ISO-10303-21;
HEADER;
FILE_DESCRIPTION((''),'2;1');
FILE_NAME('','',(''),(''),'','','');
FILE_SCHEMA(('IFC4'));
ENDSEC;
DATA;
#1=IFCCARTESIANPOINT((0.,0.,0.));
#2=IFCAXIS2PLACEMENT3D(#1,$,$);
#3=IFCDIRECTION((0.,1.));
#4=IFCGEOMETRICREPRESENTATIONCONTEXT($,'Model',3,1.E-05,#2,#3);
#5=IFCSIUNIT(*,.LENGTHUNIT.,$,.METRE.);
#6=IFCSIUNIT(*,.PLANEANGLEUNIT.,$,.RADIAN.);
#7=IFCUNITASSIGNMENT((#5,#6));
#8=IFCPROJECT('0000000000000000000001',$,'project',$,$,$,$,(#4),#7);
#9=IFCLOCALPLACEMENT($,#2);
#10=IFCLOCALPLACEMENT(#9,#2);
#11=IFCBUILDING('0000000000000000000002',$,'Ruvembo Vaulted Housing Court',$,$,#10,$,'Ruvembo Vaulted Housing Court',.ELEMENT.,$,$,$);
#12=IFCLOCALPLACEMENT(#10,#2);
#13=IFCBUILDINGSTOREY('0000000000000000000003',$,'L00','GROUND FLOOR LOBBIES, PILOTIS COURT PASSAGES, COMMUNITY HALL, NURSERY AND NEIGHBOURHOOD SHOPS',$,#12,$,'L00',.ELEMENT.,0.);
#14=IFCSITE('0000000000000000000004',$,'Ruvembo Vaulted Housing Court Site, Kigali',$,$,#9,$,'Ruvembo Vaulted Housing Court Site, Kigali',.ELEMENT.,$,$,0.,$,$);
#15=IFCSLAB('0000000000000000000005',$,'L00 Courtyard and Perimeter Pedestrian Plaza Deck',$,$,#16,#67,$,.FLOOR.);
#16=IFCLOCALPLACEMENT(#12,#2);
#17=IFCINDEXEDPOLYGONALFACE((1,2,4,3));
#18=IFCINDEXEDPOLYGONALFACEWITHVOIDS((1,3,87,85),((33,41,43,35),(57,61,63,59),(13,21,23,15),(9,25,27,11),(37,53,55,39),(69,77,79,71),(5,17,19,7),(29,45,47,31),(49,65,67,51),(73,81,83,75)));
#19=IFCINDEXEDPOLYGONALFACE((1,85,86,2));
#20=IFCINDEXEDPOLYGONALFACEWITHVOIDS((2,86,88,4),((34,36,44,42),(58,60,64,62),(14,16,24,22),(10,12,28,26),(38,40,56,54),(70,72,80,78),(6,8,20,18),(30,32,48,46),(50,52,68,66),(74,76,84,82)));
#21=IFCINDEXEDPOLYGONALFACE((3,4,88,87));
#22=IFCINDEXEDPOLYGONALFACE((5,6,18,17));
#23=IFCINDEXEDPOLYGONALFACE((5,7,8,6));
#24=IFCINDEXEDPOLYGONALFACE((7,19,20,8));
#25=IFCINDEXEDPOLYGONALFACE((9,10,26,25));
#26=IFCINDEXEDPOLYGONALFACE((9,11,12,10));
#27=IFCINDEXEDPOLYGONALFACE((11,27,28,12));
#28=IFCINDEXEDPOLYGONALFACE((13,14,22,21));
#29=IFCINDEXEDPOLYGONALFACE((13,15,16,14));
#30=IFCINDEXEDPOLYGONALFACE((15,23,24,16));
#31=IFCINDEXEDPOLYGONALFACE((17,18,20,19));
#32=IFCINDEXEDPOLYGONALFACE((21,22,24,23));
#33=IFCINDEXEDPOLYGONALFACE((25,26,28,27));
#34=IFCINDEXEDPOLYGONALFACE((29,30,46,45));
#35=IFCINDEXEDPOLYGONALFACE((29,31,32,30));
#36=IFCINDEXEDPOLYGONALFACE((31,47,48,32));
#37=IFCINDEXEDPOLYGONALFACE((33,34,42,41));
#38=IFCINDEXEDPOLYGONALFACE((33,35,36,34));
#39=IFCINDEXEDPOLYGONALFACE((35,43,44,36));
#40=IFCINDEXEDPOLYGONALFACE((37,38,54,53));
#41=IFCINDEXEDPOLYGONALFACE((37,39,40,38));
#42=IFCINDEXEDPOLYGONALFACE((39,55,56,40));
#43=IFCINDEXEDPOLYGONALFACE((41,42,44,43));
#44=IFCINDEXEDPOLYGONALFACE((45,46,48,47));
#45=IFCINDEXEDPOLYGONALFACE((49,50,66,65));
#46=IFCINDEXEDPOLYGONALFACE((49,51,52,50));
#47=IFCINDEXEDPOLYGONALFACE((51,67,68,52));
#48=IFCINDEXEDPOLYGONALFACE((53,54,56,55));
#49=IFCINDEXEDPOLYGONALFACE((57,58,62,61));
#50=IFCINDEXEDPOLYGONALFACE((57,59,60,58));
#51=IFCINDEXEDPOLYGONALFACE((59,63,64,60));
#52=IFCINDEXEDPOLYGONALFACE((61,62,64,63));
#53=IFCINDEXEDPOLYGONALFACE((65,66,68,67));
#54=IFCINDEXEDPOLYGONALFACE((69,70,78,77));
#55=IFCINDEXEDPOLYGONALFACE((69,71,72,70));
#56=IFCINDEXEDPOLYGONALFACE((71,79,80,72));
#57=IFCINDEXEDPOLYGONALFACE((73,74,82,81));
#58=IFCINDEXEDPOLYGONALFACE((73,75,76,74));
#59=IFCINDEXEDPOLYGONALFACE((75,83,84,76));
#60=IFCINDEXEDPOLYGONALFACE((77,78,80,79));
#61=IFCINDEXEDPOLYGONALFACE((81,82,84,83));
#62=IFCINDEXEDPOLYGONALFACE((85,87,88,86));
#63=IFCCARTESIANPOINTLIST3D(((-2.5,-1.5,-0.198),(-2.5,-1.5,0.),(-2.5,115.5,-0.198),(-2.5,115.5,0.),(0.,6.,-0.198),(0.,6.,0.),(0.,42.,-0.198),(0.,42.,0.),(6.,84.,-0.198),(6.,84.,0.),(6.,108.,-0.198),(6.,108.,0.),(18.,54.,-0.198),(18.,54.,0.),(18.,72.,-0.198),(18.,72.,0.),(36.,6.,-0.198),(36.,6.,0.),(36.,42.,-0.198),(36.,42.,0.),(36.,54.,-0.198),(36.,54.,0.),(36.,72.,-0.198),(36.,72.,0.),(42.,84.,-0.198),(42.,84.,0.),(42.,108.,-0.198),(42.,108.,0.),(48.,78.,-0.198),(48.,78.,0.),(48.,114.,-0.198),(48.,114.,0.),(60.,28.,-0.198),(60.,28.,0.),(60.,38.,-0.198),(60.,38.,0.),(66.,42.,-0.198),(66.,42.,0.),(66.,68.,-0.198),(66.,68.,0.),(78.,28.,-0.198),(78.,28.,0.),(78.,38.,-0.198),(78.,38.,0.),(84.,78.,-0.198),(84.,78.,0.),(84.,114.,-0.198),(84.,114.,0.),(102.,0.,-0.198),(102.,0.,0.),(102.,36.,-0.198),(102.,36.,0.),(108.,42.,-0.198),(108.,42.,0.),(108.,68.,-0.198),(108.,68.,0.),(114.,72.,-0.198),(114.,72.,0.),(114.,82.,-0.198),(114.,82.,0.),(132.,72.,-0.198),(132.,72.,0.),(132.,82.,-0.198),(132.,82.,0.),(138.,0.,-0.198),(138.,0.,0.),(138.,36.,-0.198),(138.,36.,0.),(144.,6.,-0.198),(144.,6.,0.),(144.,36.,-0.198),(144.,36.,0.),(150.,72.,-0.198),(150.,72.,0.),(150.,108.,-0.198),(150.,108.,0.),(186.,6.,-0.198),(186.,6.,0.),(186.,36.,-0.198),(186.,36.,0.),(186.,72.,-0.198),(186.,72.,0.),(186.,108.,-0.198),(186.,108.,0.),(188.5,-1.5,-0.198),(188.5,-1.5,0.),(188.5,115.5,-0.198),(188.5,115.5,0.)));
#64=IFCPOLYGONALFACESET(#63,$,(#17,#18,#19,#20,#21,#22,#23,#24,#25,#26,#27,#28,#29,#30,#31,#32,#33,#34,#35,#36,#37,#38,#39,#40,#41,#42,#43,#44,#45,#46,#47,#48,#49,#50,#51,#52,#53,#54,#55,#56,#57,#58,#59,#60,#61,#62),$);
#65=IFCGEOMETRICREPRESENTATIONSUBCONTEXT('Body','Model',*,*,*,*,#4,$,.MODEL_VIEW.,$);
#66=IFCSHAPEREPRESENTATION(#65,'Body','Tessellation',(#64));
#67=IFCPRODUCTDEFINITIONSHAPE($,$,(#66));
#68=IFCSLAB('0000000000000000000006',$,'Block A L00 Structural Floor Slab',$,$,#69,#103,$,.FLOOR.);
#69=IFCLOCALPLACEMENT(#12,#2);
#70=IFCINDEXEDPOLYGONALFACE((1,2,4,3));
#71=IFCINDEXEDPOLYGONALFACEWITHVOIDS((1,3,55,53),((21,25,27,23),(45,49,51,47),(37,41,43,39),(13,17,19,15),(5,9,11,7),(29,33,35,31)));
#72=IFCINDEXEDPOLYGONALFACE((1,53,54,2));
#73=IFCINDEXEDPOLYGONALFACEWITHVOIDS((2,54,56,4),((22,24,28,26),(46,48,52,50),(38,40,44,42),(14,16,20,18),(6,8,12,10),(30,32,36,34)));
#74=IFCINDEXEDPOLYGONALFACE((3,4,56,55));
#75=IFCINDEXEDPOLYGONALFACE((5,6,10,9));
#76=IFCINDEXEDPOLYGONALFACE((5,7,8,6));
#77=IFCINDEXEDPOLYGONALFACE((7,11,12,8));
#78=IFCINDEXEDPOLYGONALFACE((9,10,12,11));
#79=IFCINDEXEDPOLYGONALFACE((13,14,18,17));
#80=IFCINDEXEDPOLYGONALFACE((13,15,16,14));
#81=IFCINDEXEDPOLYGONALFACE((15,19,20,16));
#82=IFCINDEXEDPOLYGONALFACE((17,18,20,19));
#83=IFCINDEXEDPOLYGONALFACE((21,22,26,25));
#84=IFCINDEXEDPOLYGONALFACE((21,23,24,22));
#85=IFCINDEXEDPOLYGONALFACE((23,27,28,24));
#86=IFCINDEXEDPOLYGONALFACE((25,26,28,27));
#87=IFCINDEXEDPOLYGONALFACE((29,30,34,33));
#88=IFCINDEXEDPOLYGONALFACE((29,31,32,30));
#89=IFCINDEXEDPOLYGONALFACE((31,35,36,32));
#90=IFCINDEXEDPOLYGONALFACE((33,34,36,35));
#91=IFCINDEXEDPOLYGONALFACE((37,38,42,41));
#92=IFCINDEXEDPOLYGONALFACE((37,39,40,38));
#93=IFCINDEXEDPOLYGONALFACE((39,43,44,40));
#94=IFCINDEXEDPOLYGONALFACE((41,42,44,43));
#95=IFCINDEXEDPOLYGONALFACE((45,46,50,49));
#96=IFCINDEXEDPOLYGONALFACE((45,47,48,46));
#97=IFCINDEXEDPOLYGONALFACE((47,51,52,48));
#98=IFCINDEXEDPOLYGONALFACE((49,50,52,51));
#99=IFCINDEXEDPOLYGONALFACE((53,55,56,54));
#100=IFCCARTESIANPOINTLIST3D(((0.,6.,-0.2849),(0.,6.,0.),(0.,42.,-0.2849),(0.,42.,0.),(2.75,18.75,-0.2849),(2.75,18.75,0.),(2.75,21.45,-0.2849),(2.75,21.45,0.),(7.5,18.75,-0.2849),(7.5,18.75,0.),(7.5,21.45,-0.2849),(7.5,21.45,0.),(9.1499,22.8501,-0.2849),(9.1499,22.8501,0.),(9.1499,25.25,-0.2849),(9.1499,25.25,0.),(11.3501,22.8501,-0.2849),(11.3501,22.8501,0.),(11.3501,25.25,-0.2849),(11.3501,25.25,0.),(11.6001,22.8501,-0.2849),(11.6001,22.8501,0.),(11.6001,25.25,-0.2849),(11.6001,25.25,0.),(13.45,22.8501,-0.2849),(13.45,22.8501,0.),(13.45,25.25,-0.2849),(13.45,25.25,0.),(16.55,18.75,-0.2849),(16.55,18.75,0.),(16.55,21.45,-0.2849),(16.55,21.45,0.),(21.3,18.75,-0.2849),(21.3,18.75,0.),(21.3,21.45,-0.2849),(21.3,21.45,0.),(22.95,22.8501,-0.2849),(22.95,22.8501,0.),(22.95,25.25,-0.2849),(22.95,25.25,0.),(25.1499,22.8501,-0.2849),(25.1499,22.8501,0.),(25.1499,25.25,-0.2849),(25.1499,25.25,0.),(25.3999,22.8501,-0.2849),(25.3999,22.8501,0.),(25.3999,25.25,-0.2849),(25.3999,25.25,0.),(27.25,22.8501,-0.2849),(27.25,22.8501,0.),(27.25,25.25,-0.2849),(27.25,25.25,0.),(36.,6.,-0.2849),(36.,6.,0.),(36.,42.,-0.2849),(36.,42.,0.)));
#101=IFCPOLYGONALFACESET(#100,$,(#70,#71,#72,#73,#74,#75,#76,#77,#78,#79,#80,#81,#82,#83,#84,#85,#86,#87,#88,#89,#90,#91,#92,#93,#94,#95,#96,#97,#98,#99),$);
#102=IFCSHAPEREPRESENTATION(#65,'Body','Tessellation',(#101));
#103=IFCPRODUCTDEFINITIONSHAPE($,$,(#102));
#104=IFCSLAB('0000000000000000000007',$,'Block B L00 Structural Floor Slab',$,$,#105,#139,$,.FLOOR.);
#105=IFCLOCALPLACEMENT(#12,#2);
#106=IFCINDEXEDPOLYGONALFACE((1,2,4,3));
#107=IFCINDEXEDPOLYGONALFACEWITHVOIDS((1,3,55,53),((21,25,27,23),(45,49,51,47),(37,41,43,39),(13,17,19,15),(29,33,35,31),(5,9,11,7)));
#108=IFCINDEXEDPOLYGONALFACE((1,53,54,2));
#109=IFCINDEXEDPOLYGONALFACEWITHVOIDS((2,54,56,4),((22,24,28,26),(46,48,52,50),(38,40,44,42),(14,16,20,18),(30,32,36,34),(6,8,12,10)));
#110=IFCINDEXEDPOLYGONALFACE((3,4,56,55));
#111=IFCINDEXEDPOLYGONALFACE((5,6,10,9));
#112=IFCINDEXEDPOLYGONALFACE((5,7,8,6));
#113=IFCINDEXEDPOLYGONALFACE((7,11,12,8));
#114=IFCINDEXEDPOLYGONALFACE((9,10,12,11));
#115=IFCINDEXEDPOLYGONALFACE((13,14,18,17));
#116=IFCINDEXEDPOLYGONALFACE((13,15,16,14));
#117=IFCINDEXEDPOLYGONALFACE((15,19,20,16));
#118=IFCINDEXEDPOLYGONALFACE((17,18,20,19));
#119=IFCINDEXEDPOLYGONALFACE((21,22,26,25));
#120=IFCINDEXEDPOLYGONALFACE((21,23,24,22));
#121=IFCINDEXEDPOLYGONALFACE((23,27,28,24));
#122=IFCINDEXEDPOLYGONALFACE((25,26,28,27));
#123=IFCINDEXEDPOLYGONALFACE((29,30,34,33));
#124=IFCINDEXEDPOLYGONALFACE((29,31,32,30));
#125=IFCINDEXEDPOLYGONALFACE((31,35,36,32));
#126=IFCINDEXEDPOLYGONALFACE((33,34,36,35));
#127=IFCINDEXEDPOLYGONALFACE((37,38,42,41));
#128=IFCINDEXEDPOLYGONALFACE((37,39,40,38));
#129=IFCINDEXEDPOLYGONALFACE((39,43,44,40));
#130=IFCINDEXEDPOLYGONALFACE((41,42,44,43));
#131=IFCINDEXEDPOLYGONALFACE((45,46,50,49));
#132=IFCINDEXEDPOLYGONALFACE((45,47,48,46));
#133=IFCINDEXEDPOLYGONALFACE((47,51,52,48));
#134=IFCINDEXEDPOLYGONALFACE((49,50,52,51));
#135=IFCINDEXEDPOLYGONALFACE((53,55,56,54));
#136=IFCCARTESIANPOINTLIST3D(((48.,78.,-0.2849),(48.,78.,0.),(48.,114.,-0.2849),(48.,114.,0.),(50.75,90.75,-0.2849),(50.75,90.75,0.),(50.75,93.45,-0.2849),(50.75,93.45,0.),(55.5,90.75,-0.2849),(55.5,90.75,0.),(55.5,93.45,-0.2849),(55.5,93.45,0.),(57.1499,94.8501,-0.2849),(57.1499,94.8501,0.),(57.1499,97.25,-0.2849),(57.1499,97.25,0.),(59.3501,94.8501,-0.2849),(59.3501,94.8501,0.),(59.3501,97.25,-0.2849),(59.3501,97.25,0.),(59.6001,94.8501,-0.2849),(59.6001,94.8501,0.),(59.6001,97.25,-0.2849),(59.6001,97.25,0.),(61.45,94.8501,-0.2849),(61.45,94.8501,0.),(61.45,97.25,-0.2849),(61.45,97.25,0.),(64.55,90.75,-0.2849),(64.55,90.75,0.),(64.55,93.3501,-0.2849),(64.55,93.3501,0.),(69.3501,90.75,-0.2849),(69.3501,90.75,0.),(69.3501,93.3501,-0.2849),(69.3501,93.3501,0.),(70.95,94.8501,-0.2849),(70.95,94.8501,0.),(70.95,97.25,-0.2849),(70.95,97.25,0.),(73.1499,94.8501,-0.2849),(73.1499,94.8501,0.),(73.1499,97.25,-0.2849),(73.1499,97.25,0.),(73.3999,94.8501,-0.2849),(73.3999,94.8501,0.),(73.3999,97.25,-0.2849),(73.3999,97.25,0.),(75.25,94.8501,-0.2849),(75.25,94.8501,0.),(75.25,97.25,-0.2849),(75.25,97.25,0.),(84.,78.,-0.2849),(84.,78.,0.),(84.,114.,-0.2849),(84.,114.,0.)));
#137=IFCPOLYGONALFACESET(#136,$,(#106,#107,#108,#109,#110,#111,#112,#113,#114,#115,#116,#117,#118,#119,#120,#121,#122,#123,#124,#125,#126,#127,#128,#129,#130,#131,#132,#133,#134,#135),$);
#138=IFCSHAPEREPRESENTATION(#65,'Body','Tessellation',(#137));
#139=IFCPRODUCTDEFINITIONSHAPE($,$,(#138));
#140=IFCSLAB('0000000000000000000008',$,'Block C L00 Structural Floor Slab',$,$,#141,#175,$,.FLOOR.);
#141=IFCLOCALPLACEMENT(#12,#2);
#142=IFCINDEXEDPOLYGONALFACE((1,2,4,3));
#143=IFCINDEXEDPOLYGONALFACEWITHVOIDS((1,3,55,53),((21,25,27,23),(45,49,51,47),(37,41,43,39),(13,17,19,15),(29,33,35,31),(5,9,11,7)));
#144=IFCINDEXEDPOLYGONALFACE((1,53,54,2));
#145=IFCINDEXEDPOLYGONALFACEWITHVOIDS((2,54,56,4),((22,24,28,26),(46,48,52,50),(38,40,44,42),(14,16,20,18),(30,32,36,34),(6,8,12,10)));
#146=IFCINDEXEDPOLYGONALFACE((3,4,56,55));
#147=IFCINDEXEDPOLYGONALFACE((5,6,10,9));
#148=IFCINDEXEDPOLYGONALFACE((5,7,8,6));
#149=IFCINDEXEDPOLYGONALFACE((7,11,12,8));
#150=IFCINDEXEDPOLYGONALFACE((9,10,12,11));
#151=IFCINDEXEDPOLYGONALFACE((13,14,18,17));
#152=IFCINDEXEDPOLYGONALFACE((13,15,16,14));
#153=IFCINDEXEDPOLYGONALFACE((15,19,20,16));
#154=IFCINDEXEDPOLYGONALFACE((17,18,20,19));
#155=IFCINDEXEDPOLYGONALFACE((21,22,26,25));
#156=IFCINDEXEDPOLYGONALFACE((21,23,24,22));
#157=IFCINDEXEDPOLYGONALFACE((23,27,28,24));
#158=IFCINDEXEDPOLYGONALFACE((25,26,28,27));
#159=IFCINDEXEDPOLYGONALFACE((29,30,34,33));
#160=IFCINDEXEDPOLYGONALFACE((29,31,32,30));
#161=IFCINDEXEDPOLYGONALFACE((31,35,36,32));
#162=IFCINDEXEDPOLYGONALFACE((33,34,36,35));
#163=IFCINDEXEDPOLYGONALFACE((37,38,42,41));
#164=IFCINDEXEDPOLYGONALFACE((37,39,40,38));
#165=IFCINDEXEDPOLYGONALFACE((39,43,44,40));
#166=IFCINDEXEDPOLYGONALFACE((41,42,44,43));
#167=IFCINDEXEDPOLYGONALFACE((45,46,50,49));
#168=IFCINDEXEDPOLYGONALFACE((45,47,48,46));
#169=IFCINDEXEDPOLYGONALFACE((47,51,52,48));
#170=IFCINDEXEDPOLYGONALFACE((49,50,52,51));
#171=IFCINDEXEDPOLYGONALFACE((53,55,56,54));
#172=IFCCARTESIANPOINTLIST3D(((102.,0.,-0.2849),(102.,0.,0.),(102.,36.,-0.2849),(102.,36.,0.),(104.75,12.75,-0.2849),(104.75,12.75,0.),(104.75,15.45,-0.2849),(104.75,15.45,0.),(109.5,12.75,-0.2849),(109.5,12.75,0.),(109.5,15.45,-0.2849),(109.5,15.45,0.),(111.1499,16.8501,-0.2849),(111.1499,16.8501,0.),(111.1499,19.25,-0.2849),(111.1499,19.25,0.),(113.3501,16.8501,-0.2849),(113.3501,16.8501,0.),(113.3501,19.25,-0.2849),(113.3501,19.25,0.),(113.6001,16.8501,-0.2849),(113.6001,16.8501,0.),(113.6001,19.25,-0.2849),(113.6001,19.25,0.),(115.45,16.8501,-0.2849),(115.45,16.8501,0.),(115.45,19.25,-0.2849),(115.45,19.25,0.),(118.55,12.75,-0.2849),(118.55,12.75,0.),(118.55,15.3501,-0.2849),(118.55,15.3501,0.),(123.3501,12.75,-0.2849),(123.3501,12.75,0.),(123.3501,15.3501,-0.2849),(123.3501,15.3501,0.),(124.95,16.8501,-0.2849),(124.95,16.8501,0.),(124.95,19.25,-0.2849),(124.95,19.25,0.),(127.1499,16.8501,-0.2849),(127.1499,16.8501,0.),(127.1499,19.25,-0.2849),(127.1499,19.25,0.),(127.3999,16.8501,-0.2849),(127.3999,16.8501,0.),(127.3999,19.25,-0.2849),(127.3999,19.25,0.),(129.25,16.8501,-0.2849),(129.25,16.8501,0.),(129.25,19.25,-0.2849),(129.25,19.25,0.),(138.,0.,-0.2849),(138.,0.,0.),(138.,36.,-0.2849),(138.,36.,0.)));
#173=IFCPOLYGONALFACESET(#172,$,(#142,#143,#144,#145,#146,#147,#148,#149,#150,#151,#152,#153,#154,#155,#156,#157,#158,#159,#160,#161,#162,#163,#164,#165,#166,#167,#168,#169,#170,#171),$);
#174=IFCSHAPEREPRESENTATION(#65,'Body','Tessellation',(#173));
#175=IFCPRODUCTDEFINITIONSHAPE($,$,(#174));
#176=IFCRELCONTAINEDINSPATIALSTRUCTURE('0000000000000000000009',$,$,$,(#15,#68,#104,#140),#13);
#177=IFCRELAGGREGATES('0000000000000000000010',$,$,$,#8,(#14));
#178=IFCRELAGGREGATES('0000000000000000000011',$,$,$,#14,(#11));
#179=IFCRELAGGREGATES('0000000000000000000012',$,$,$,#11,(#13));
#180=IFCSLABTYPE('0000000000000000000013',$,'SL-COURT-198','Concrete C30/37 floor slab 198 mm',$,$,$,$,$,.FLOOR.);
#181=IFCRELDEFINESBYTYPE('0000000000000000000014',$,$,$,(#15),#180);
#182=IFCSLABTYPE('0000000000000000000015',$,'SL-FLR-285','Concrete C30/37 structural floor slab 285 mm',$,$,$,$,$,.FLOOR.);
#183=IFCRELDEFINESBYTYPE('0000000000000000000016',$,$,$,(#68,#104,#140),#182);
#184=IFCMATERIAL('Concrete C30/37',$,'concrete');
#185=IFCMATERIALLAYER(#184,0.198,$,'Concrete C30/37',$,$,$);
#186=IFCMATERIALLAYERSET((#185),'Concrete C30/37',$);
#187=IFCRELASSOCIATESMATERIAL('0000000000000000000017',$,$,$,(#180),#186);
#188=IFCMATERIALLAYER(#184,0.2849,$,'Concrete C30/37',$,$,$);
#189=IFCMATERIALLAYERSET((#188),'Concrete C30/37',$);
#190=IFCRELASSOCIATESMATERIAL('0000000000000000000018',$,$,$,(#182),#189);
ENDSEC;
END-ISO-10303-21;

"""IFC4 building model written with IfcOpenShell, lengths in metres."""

from ifc_helpers import new_model, si_unit, direction, frame, origin, place, context, subcontext, project, spatial, polyline, outline, extrude, material, layer, layer_set, type_object, element, save


model = new_model("IFC4")

# Units and contexts
model_context = context("Model", 3, precision=1e-05, world=origin(), true_north=direction((0.0, 1.0)))
body_context = subcontext(model_context, "Body", "Model", "MODEL_VIEW")
ifc_project = project(units=[si_unit("LENGTHUNIT", "METRE"), si_unit("PLANEANGLEUNIT", "RADIAN")], contexts=[model_context])

# Site, building, storey
site_placement = place(None, origin())
site = spatial("IfcSite", under=ifc_project, at=site_placement, Name="Ruvembo Vaulted Housing Court Site, Kigali", LongName="Ruvembo Vaulted Housing Court Site, Kigali", CompositionType="ELEMENT", RefElevation=0.0)
building_placement = place(site_placement, origin())
building = spatial("IfcBuilding", under=site, at=building_placement, Name="Ruvembo Vaulted Housing Court", LongName="Ruvembo Vaulted Housing Court", CompositionType="ELEMENT")
storey_placement = place(building_placement, origin())
storey = spatial("IfcBuildingStorey", under=building, at=storey_placement, Name="L00", Description="GROUND FLOOR LOBBIES, PILOTIS COURT PASSAGES, COMMUNITY HALL, NURSERY AND NEIGHBOURHOOD SHOPS", LongName="L00", CompositionType="ELEMENT", Elevation=0.0)

# Slabs
ifc_material_1 = material(Name="Concrete C30/37", Category="concrete")
ifc_layer_1 = layer(ifc_material_1, 0.198, Name="Concrete C30/37")
ifc_layer_set_1 = layer_set([ifc_layer_1], Name="Concrete C30/37")
slab_type_1 = type_object("IfcSlabType", Name="SL-COURT-198", Description="Concrete C30/37 floor slab 198 mm", PredefinedType="FLOOR", material=ifc_layer_set_1)
slab_1_placement = place(storey_placement, frame((0.0, 0.0, -0.198)))
element("IfcSlab", 1, at=slab_1_placement, inside=storey, type_object=slab_type_1, Name="L00 Courtyard and Perimeter Pedestrian Plaza Deck", PredefinedType="FLOOR", context=body_context, shape_type="SweptSolid", body=[
    extrude(outline(polyline([(188.5, 115.5), (-2.5, 115.5), (-2.5, -1.5), (188.5, -1.5), (188.5, 115.5)]), holes=[polyline([(102.0, 36.0), (102.0, 0.0), (138.0, 0.0), (138.0, 36.0), (102.0, 36.0)]), polyline([(186.0, 36.0), (144.0, 36.0), (144.0, 6.0), (186.0, 6.0), (186.0, 36.0)]), polyline([(36.0, 42.0), (0.0, 42.0), (0.0, 6.0), (36.0, 6.0), (36.0, 42.0)]), polyline([(108.0, 68.0), (66.0, 68.0), (66.0, 42.0), (108.0, 42.0), (108.0, 68.0)]), polyline([(186.0, 108.0), (150.0, 108.0), (150.0, 72.0), (186.0, 72.0), (186.0, 108.0)]), polyline([(42.0, 108.0), (6.0, 108.0), (6.0, 84.0), (42.0, 84.0), (42.0, 108.0)]), polyline([(84.0, 114.0), (48.0, 114.0), (48.0, 78.0), (84.0, 78.0), (84.0, 114.0)]), polyline([(18.0, 54.0), (36.0, 54.0), (36.0, 72.0), (18.0, 72.0), (18.0, 54.0)]), polyline([(60.0, 38.0), (60.0, 28.0), (78.0, 28.0), (78.0, 38.0), (60.0, 38.0)]), polyline([(132.0, 82.0), (114.0, 82.0), (114.0, 72.0), (132.0, 72.0), (132.0, 82.0)])]), origin(), (0.0, 0.0, 1.0), 0.198),
])
ifc_layer_2 = layer(ifc_material_1, 0.2849, Name="Concrete C30/37")
ifc_layer_set_2 = layer_set([ifc_layer_2], Name="Concrete C30/37")
slab_type_2 = type_object("IfcSlabType", Name="SL-FLR-285", Description="Concrete C30/37 structural floor slab 285 mm", PredefinedType="FLOOR", material=ifc_layer_set_2)
slab_2_placement = place(storey_placement, frame((0.0, 0.0, -0.2849)))
element("IfcSlab", 2, at=slab_2_placement, inside=storey, type_object=slab_type_2, Name="Block A L00 Structural Floor Slab", PredefinedType="FLOOR", context=body_context, shape_type="SweptSolid", body=[
    extrude(outline(polyline([(36.0, 6.0), (36.0, 42.0), (0.0, 42.0), (0.0, 6.0), (36.0, 6.0)]), holes=[polyline([(7.5, 21.45), (2.75, 21.45), (2.75, 18.75), (7.5, 18.75), (7.5, 21.45)]), polyline([(9.1499, 22.8501), (11.3501, 22.8501), (11.3501, 25.25), (9.1499, 25.25), (9.1499, 22.8501)]), polyline([(11.6001, 22.8501), (13.45, 22.8501), (13.45, 25.25), (11.6001, 25.25), (11.6001, 22.8501)]), polyline([(21.3, 21.45), (16.55, 21.45), (16.55, 18.75), (21.3, 18.75), (21.3, 21.45)]), polyline([(22.95, 22.8501), (25.1499, 22.8501), (25.1499, 25.25), (22.95, 25.25), (22.95, 22.8501)]), polyline([(25.3999, 22.8501), (27.25, 22.8501), (27.25, 25.25), (25.3999, 25.25), (25.3999, 22.8501)])]), origin(), (0.0, 0.0, 1.0), 0.2849),
])
slab_3_placement = place(storey_placement, frame((0.0, 0.0, -0.2849)))
element("IfcSlab", 3, at=slab_3_placement, inside=storey, type_object=slab_type_2, Name="Block B L00 Structural Floor Slab", PredefinedType="FLOOR", context=body_context, shape_type="SweptSolid", body=[
    extrude(outline(polyline([(84.0, 78.0), (84.0, 114.0), (48.0, 114.0), (48.0, 78.0), (84.0, 78.0)]), holes=[polyline([(55.5, 93.45), (50.75, 93.45), (50.75, 90.75), (55.5, 90.75), (55.5, 93.45)]), polyline([(57.1499, 94.8501), (59.3501, 94.8501), (59.3501, 97.25), (57.1499, 97.25), (57.1499, 94.8501)]), polyline([(59.6001, 94.8501), (61.45, 94.8501), (61.45, 97.25), (59.6001, 97.25), (59.6001, 94.8501)]), polyline([(69.3501, 93.3501), (64.55, 93.3501), (64.55, 90.75), (69.3501, 90.75), (69.3501, 93.3501)]), polyline([(70.95, 94.8501), (73.1499, 94.8501), (73.1499, 97.25), (70.95, 97.25), (70.95, 94.8501)]), polyline([(73.3999, 94.8501), (75.25, 94.8501), (75.25, 97.25), (73.3999, 97.25), (73.3999, 94.8501)])]), origin(), (0.0, 0.0, 1.0), 0.2849),
])
slab_4_placement = place(storey_placement, frame((0.0, 0.0, -0.2849)))
element("IfcSlab", 4, at=slab_4_placement, inside=storey, type_object=slab_type_2, Name="Block C L00 Structural Floor Slab", PredefinedType="FLOOR", context=body_context, shape_type="SweptSolid", body=[
    extrude(outline(polyline([(138.0, 0.0), (138.0, 36.0), (102.0, 36.0), (102.0, 0.0), (138.0, 0.0)]), holes=[polyline([(109.5, 15.45), (104.75, 15.45), (104.75, 12.75), (109.5, 12.75), (109.5, 15.45)]), polyline([(111.1499, 16.8501), (113.3501, 16.8501), (113.3501, 19.25), (111.1499, 19.25), (111.1499, 16.8501)]), polyline([(113.6001, 16.8501), (115.45, 16.8501), (115.45, 19.25), (113.6001, 19.25), (113.6001, 16.8501)]), polyline([(123.3501, 15.3501), (118.55, 15.3501), (118.55, 12.75), (123.3501, 12.75), (123.3501, 15.3501)]), polyline([(124.95, 16.8501), (127.1499, 16.8501), (127.1499, 19.25), (124.95, 19.25), (124.95, 16.8501)]), polyline([(127.3999, 16.8501), (129.25, 16.8501), (129.25, 19.25), (127.3999, 19.25), (127.3999, 16.8501)])]), origin(), (0.0, 0.0, 1.0), 0.2849),
])

save(model, "model.ifc")
